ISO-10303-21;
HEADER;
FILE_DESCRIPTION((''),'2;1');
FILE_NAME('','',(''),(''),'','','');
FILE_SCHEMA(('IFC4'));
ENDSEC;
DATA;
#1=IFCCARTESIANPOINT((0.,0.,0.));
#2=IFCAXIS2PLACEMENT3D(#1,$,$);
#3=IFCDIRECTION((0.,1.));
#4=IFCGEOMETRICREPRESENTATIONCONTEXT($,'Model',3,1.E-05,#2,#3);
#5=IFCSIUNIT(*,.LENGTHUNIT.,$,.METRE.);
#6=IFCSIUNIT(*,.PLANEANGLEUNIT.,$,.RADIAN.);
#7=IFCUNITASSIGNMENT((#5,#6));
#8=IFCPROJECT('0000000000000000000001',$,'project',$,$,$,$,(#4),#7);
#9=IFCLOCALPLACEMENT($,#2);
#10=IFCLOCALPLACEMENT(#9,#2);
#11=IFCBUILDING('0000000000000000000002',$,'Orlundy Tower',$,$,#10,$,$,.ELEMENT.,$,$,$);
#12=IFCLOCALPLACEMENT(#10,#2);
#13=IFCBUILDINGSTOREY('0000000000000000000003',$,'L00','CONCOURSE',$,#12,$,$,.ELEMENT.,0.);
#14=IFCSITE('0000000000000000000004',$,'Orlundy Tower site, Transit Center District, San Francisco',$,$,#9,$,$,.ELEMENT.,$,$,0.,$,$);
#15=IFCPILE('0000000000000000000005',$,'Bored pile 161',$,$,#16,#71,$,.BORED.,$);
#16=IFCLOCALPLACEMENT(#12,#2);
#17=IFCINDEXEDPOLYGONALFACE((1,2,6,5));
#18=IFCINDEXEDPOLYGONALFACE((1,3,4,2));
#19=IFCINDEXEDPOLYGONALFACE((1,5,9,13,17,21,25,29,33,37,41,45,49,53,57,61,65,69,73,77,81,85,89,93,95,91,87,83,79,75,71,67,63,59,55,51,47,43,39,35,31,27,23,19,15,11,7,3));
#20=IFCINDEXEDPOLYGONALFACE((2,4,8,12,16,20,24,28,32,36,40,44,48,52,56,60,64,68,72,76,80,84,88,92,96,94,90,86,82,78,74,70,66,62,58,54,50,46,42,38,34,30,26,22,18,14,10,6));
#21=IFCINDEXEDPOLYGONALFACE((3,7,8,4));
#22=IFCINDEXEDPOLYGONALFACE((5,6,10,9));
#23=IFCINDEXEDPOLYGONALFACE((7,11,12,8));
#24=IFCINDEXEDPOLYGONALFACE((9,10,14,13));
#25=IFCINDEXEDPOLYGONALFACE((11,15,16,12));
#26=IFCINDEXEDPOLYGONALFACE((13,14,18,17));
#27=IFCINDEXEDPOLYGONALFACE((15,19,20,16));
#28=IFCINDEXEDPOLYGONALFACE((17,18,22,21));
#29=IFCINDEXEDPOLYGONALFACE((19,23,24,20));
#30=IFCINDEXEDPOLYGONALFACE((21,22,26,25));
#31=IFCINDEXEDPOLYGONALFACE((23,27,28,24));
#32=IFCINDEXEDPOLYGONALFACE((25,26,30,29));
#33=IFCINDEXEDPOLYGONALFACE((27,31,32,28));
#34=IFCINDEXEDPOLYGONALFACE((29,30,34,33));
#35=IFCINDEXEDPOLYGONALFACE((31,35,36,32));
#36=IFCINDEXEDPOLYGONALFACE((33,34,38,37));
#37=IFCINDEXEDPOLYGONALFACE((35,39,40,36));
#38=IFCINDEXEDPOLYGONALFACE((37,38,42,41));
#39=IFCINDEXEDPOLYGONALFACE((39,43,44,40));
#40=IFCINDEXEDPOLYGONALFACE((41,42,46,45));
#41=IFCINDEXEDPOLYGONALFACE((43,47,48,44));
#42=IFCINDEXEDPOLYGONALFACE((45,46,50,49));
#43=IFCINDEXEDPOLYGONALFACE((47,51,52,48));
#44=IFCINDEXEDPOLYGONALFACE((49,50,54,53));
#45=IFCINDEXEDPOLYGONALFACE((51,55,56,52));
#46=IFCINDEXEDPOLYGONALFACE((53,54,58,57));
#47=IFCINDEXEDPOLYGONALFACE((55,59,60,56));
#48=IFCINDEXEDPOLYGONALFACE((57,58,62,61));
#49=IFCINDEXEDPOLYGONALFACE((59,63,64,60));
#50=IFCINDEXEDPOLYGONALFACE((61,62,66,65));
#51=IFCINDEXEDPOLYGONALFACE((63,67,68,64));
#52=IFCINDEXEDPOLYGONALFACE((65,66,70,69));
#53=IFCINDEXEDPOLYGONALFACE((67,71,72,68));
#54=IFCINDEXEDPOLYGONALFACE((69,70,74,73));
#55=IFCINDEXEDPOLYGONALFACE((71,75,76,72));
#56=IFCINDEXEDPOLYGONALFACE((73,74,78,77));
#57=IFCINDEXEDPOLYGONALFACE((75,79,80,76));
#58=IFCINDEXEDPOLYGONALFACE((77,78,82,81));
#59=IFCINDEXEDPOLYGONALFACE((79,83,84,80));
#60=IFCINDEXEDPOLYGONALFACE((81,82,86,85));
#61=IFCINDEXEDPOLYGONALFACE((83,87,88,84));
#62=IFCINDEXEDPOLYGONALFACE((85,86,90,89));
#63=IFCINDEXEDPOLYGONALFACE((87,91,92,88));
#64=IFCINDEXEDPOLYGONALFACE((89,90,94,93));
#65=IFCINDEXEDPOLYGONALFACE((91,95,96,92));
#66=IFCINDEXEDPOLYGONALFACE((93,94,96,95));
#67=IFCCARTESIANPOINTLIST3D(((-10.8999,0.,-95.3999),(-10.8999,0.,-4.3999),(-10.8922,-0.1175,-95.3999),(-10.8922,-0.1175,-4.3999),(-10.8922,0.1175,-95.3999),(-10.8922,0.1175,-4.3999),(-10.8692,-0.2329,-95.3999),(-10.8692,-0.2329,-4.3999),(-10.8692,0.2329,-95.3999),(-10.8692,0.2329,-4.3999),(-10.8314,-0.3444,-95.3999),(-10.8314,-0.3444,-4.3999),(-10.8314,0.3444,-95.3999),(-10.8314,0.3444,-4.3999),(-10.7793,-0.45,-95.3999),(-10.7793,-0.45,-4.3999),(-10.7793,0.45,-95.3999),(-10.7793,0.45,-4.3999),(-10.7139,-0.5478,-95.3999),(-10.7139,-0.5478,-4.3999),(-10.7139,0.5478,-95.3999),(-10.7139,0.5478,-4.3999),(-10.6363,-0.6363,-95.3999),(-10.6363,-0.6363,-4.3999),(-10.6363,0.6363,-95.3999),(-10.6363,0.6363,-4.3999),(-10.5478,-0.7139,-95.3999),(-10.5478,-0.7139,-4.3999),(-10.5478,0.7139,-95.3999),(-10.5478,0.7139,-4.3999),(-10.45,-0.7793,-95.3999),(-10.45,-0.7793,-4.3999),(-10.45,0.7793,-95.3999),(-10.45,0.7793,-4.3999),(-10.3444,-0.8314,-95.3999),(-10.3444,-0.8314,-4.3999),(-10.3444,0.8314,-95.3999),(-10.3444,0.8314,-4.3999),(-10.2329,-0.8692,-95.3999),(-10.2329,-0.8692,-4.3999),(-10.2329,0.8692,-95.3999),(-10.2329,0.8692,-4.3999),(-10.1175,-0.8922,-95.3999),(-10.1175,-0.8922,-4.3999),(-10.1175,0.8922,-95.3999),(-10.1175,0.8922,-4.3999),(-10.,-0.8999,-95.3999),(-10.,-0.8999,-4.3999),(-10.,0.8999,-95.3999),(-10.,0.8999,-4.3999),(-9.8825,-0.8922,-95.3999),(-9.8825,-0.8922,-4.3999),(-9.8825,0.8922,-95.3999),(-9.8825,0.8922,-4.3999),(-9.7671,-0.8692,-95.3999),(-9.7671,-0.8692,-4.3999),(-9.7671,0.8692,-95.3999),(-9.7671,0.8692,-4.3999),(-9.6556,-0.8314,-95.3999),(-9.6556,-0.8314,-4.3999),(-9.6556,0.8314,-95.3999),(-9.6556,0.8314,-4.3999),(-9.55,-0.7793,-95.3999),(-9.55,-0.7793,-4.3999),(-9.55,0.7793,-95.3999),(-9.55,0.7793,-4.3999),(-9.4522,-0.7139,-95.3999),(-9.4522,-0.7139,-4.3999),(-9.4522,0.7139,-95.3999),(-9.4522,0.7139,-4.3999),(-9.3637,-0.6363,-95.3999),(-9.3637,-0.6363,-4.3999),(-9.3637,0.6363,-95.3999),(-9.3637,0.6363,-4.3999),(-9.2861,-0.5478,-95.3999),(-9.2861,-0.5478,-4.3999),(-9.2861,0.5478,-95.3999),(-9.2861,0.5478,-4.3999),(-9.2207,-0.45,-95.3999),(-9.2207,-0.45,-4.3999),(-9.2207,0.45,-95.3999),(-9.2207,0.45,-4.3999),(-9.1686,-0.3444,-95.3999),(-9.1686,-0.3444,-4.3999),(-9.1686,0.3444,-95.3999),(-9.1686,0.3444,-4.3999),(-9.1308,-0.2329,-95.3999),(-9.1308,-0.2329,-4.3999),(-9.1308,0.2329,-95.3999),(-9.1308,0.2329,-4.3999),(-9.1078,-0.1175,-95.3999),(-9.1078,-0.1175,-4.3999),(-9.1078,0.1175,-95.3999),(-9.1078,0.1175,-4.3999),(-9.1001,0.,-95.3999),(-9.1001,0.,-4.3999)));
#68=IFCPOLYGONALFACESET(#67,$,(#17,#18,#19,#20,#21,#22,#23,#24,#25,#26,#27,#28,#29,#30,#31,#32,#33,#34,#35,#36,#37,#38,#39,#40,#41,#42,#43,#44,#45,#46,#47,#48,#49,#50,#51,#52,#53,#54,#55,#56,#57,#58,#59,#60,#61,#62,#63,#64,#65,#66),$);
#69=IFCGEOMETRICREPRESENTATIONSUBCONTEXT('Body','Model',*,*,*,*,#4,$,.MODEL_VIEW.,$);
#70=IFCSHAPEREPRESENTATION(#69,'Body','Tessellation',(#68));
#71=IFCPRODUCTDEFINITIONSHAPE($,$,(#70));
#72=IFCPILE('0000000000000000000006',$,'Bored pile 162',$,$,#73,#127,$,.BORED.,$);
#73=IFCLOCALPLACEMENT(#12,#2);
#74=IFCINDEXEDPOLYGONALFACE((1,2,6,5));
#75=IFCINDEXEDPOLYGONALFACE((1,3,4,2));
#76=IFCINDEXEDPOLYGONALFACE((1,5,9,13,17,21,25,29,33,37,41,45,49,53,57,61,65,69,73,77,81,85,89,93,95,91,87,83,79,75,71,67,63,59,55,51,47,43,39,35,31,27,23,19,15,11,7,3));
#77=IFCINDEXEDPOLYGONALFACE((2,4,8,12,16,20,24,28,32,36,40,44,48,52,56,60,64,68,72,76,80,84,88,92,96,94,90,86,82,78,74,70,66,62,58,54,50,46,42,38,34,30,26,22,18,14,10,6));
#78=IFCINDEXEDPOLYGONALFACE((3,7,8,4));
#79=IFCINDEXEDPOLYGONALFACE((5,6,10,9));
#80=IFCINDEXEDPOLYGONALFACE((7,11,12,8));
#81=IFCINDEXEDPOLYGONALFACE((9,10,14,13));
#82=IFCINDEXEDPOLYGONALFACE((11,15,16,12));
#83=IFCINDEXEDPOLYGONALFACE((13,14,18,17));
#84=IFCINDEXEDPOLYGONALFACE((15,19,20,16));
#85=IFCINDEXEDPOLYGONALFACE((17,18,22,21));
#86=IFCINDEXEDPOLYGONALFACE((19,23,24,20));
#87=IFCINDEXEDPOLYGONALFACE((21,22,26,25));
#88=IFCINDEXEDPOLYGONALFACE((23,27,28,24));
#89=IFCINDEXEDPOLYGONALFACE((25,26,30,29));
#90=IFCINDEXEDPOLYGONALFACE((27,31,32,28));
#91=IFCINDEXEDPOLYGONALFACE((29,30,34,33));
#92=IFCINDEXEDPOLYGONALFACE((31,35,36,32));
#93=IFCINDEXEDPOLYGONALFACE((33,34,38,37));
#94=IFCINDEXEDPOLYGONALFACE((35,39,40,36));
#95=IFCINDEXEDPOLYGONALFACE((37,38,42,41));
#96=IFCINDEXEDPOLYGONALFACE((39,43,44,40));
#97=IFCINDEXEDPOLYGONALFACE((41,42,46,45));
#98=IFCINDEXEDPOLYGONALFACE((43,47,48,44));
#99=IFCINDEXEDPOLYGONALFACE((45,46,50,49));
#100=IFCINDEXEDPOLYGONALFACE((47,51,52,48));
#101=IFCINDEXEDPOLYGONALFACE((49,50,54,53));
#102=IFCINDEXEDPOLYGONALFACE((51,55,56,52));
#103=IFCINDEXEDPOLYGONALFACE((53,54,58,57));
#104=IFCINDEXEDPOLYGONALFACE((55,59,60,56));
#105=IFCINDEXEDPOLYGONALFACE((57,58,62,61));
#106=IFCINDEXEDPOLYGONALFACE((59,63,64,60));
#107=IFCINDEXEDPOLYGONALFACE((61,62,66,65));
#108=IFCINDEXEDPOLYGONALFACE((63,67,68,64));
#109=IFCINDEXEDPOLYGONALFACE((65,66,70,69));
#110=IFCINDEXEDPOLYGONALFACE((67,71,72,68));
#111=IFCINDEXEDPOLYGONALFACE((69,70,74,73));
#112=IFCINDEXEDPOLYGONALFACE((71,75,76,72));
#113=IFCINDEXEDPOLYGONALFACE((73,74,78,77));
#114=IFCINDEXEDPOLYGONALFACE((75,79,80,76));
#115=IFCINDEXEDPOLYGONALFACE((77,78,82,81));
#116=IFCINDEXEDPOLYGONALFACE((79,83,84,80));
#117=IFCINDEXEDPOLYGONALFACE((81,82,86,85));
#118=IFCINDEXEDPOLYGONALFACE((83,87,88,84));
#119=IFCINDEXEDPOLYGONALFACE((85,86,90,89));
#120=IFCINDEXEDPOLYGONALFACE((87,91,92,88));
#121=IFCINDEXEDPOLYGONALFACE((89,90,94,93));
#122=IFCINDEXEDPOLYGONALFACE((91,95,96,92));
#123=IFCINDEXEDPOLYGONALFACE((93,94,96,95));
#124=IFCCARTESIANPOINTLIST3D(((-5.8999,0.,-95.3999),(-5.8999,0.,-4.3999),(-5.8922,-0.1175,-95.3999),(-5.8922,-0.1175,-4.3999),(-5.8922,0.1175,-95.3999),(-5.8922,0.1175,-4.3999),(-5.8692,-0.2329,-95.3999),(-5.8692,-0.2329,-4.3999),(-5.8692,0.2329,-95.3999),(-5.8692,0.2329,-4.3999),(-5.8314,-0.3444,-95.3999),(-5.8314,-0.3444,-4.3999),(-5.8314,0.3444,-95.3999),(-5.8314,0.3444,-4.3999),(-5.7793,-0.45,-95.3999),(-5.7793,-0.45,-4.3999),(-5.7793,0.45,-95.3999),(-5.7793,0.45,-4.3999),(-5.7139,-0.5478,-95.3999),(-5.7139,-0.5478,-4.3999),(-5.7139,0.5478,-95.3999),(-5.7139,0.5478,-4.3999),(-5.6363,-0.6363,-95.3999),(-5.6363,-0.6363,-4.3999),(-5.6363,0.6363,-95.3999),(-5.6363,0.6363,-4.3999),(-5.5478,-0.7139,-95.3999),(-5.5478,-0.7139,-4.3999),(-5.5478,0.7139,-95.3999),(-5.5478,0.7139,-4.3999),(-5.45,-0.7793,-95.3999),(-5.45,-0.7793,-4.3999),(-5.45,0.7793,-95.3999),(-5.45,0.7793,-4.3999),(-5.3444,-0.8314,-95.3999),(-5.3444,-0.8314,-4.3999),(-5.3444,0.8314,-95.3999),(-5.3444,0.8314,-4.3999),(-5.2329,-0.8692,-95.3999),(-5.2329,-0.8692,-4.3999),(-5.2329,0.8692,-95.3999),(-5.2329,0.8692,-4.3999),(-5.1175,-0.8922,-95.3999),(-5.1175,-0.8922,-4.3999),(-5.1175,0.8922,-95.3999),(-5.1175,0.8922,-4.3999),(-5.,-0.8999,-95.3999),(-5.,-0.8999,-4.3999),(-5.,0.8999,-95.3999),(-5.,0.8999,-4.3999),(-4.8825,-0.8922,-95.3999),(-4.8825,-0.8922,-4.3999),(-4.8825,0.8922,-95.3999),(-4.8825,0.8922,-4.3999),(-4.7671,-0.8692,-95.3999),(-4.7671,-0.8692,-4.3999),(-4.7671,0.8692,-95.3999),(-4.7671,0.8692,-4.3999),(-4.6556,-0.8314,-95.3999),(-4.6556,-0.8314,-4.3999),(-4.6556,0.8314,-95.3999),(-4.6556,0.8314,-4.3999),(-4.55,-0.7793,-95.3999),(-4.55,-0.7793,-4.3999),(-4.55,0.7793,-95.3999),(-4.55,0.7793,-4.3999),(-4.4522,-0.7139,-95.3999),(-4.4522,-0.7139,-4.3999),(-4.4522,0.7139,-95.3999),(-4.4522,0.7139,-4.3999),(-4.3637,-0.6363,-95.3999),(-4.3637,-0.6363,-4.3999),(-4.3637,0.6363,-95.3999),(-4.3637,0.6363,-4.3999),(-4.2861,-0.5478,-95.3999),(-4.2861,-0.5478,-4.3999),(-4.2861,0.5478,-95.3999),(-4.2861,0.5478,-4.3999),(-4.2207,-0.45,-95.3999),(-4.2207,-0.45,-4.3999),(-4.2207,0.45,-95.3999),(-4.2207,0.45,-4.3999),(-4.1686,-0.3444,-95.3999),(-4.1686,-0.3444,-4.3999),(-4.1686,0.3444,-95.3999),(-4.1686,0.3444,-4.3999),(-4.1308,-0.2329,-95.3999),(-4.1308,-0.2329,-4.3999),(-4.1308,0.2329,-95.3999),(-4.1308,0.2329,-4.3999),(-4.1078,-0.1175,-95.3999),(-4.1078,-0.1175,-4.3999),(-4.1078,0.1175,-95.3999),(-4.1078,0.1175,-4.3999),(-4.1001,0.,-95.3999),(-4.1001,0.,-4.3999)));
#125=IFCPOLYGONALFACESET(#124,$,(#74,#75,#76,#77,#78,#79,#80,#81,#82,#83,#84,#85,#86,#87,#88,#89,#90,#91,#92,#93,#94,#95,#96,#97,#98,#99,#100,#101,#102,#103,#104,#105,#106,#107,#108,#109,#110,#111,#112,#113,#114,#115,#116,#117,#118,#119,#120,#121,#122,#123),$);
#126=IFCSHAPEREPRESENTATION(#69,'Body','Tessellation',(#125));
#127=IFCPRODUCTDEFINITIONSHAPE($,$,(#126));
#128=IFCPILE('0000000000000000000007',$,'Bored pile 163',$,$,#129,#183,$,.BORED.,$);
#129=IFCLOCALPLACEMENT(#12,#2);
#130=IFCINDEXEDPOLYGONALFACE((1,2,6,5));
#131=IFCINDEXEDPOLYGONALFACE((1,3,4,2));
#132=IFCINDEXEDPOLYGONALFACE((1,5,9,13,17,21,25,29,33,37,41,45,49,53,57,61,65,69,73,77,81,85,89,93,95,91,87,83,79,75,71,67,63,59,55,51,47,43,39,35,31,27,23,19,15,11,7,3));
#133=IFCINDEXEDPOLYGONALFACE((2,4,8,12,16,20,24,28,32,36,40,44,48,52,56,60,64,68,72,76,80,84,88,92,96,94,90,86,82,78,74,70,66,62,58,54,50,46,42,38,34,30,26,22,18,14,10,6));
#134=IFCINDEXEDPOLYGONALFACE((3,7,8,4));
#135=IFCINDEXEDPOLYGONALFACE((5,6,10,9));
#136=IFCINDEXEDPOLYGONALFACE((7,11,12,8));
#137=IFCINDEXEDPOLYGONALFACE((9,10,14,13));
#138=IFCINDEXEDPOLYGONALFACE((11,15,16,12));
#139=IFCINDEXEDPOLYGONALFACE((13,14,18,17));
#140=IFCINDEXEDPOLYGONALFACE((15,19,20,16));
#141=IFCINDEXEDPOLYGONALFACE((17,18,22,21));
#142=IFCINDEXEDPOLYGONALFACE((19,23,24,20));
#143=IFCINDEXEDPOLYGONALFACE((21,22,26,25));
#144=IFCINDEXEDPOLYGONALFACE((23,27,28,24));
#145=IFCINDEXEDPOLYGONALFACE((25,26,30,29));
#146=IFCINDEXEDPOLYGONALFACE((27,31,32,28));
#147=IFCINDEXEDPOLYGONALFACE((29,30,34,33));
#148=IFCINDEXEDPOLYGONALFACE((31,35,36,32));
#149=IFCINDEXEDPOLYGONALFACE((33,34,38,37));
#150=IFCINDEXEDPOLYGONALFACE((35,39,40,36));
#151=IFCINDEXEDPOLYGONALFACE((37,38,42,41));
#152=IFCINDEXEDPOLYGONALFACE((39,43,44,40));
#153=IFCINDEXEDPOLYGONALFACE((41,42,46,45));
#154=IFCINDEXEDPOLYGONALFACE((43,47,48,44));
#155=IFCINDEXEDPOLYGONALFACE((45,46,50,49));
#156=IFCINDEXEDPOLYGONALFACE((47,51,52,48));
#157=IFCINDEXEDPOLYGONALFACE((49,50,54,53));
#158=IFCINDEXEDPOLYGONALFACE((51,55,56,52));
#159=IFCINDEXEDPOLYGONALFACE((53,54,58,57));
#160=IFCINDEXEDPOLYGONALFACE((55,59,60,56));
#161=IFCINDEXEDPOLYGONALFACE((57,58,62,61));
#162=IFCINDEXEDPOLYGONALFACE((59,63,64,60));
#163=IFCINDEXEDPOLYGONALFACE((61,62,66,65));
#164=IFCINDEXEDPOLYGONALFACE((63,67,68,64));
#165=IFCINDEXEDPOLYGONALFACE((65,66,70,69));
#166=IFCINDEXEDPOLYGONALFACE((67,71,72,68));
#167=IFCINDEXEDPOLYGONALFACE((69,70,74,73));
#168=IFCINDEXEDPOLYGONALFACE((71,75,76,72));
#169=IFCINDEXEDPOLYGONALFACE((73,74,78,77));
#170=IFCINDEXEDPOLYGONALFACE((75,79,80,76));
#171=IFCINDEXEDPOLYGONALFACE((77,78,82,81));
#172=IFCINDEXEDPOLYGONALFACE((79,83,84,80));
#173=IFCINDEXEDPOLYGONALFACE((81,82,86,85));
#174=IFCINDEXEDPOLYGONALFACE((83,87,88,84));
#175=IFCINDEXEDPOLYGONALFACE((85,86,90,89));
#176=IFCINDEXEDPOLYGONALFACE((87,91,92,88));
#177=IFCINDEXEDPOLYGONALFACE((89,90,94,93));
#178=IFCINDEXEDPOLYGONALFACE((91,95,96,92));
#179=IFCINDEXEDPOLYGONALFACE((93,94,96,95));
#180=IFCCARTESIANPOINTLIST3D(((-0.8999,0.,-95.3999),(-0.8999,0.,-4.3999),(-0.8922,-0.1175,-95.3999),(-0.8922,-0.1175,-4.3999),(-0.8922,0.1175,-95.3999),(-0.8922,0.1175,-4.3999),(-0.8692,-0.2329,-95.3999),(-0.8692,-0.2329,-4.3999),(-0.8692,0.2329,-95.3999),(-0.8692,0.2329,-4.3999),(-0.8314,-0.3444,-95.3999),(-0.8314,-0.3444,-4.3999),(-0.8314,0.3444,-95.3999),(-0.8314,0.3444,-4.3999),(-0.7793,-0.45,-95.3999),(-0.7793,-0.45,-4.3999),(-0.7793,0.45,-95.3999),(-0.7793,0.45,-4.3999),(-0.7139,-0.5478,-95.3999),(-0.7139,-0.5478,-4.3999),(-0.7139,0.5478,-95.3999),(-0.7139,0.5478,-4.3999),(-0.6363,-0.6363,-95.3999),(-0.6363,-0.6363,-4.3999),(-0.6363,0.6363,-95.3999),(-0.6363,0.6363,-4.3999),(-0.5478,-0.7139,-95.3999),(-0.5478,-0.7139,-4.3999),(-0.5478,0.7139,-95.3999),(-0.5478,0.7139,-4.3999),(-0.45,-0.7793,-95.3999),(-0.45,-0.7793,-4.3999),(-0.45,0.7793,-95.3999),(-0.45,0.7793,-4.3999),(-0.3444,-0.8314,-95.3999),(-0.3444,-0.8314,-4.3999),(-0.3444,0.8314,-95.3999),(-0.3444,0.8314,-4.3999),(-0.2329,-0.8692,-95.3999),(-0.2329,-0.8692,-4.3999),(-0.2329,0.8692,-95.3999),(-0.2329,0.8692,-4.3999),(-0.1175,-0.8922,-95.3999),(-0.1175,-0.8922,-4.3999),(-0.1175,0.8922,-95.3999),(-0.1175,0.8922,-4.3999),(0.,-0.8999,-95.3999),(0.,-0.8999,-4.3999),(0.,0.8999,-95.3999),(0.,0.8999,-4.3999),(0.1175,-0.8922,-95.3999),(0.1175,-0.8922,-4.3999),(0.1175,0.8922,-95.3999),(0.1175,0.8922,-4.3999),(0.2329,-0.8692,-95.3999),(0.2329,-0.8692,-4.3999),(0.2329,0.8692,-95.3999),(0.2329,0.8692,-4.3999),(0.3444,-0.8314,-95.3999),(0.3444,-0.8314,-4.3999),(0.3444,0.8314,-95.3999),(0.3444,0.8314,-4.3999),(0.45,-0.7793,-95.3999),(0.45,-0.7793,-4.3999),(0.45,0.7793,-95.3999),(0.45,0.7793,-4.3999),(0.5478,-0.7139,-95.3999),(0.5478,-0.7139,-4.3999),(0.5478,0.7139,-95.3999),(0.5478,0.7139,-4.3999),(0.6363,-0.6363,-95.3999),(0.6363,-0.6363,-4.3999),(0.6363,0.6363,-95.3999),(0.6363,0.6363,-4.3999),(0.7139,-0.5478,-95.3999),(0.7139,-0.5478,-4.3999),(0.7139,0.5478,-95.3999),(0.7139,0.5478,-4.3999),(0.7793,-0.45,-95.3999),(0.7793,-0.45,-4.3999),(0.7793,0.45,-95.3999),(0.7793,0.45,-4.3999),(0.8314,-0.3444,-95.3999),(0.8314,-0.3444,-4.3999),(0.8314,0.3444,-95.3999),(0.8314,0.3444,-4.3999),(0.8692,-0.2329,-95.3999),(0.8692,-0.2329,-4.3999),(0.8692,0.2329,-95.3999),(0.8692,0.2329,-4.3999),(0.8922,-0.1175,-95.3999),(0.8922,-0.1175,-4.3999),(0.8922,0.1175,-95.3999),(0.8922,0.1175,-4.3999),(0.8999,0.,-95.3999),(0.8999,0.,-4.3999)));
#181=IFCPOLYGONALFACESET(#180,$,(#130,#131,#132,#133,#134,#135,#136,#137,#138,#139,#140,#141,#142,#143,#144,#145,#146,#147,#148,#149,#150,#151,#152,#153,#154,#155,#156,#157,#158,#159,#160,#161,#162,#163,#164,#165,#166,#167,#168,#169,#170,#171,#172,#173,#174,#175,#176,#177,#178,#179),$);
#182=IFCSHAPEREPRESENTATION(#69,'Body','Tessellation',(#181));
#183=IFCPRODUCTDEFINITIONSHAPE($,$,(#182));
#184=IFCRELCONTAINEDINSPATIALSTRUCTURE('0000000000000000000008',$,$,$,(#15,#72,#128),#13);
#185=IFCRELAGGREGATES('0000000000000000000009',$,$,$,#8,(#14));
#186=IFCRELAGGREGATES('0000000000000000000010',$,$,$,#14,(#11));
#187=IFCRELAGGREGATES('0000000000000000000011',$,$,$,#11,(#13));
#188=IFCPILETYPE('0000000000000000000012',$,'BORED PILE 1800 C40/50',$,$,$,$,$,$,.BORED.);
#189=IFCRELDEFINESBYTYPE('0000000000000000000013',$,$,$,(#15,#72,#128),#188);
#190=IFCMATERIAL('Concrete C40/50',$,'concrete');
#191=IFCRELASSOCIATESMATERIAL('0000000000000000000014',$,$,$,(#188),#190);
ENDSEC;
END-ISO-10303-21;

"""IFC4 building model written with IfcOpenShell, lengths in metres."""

from ifc_helpers import new_model, si_unit, direction, frame, origin, origin_2d, place, context, subcontext, project, spatial, circle, extrude, material, material_profile, profile_set, type_object, element, save


model = new_model("IFC4")

# Units and contexts
model_context = context("Model", 3, precision=1e-05, world=origin(), true_north=direction((0.0, 1.0)))
body_context = subcontext(model_context, "Body", "Model", "MODEL_VIEW")
ifc_project = project(units=[si_unit("LENGTHUNIT", "METRE"), si_unit("PLANEANGLEUNIT", "RADIAN")], contexts=[model_context])

# Site, building, storey
site_placement = place(None, origin())
site = spatial("IfcSite", under=ifc_project, at=site_placement, Name="Orlundy Tower site, Transit Center District, San Francisco", CompositionType="ELEMENT", RefElevation=0.0)
building_placement = place(site_placement, origin())
building = spatial("IfcBuilding", under=site, at=building_placement, Name="Orlundy Tower", CompositionType="ELEMENT")
storey_placement = place(building_placement, origin())
storey = spatial("IfcBuildingStorey", under=building, at=storey_placement, Name="L00", Description="CONCOURSE", CompositionType="ELEMENT", Elevation=0.0)

# Piles
ifc_material_1 = material(Name="Concrete C40/50", Category="concrete")
ifc_material_profile = material_profile(ifc_material_1, circle(Radius=0.8999, at=origin_2d()), Name="BP1800")
ifc_profile_set = profile_set([ifc_material_profile], Name="Concrete C40/50")
pile_type = type_object("IfcPileType", Name="BORED PILE 1800 C40/50", PredefinedType="BORED", material=ifc_profile_set)
for number, where, z_axis, x_axis, name in (
    (1, (-10.0, 0.0, -4.3999), (0.0, 0.0, -1.0), (1.0, 0.0, 0.0), "Bored pile 161"),
    (2, (-5.0, 0.0, -4.3999), (0.0, 0.0, -1.0), (1.0, 0.0, 0.0), "Bored pile 162"),
    (3, (0.0, 0.0, -4.3999), (0.0, 0.0, -1.0), (1.0, 0.0, 0.0), "Bored pile 163"),
):
    element("IfcPile", number, at=place(storey_placement, frame(where, z_axis=z_axis, x_axis=x_axis)), inside=storey, type_object=pile_type, Name=name, PredefinedType="BORED", context=body_context, shape_type="SweptSolid", body=[
        extrude(circle(Radius=0.8999, at=origin_2d()), origin(), (0.0, 0.0, 1.0), 91.0),
    ])

save(model, "model.ifc")
